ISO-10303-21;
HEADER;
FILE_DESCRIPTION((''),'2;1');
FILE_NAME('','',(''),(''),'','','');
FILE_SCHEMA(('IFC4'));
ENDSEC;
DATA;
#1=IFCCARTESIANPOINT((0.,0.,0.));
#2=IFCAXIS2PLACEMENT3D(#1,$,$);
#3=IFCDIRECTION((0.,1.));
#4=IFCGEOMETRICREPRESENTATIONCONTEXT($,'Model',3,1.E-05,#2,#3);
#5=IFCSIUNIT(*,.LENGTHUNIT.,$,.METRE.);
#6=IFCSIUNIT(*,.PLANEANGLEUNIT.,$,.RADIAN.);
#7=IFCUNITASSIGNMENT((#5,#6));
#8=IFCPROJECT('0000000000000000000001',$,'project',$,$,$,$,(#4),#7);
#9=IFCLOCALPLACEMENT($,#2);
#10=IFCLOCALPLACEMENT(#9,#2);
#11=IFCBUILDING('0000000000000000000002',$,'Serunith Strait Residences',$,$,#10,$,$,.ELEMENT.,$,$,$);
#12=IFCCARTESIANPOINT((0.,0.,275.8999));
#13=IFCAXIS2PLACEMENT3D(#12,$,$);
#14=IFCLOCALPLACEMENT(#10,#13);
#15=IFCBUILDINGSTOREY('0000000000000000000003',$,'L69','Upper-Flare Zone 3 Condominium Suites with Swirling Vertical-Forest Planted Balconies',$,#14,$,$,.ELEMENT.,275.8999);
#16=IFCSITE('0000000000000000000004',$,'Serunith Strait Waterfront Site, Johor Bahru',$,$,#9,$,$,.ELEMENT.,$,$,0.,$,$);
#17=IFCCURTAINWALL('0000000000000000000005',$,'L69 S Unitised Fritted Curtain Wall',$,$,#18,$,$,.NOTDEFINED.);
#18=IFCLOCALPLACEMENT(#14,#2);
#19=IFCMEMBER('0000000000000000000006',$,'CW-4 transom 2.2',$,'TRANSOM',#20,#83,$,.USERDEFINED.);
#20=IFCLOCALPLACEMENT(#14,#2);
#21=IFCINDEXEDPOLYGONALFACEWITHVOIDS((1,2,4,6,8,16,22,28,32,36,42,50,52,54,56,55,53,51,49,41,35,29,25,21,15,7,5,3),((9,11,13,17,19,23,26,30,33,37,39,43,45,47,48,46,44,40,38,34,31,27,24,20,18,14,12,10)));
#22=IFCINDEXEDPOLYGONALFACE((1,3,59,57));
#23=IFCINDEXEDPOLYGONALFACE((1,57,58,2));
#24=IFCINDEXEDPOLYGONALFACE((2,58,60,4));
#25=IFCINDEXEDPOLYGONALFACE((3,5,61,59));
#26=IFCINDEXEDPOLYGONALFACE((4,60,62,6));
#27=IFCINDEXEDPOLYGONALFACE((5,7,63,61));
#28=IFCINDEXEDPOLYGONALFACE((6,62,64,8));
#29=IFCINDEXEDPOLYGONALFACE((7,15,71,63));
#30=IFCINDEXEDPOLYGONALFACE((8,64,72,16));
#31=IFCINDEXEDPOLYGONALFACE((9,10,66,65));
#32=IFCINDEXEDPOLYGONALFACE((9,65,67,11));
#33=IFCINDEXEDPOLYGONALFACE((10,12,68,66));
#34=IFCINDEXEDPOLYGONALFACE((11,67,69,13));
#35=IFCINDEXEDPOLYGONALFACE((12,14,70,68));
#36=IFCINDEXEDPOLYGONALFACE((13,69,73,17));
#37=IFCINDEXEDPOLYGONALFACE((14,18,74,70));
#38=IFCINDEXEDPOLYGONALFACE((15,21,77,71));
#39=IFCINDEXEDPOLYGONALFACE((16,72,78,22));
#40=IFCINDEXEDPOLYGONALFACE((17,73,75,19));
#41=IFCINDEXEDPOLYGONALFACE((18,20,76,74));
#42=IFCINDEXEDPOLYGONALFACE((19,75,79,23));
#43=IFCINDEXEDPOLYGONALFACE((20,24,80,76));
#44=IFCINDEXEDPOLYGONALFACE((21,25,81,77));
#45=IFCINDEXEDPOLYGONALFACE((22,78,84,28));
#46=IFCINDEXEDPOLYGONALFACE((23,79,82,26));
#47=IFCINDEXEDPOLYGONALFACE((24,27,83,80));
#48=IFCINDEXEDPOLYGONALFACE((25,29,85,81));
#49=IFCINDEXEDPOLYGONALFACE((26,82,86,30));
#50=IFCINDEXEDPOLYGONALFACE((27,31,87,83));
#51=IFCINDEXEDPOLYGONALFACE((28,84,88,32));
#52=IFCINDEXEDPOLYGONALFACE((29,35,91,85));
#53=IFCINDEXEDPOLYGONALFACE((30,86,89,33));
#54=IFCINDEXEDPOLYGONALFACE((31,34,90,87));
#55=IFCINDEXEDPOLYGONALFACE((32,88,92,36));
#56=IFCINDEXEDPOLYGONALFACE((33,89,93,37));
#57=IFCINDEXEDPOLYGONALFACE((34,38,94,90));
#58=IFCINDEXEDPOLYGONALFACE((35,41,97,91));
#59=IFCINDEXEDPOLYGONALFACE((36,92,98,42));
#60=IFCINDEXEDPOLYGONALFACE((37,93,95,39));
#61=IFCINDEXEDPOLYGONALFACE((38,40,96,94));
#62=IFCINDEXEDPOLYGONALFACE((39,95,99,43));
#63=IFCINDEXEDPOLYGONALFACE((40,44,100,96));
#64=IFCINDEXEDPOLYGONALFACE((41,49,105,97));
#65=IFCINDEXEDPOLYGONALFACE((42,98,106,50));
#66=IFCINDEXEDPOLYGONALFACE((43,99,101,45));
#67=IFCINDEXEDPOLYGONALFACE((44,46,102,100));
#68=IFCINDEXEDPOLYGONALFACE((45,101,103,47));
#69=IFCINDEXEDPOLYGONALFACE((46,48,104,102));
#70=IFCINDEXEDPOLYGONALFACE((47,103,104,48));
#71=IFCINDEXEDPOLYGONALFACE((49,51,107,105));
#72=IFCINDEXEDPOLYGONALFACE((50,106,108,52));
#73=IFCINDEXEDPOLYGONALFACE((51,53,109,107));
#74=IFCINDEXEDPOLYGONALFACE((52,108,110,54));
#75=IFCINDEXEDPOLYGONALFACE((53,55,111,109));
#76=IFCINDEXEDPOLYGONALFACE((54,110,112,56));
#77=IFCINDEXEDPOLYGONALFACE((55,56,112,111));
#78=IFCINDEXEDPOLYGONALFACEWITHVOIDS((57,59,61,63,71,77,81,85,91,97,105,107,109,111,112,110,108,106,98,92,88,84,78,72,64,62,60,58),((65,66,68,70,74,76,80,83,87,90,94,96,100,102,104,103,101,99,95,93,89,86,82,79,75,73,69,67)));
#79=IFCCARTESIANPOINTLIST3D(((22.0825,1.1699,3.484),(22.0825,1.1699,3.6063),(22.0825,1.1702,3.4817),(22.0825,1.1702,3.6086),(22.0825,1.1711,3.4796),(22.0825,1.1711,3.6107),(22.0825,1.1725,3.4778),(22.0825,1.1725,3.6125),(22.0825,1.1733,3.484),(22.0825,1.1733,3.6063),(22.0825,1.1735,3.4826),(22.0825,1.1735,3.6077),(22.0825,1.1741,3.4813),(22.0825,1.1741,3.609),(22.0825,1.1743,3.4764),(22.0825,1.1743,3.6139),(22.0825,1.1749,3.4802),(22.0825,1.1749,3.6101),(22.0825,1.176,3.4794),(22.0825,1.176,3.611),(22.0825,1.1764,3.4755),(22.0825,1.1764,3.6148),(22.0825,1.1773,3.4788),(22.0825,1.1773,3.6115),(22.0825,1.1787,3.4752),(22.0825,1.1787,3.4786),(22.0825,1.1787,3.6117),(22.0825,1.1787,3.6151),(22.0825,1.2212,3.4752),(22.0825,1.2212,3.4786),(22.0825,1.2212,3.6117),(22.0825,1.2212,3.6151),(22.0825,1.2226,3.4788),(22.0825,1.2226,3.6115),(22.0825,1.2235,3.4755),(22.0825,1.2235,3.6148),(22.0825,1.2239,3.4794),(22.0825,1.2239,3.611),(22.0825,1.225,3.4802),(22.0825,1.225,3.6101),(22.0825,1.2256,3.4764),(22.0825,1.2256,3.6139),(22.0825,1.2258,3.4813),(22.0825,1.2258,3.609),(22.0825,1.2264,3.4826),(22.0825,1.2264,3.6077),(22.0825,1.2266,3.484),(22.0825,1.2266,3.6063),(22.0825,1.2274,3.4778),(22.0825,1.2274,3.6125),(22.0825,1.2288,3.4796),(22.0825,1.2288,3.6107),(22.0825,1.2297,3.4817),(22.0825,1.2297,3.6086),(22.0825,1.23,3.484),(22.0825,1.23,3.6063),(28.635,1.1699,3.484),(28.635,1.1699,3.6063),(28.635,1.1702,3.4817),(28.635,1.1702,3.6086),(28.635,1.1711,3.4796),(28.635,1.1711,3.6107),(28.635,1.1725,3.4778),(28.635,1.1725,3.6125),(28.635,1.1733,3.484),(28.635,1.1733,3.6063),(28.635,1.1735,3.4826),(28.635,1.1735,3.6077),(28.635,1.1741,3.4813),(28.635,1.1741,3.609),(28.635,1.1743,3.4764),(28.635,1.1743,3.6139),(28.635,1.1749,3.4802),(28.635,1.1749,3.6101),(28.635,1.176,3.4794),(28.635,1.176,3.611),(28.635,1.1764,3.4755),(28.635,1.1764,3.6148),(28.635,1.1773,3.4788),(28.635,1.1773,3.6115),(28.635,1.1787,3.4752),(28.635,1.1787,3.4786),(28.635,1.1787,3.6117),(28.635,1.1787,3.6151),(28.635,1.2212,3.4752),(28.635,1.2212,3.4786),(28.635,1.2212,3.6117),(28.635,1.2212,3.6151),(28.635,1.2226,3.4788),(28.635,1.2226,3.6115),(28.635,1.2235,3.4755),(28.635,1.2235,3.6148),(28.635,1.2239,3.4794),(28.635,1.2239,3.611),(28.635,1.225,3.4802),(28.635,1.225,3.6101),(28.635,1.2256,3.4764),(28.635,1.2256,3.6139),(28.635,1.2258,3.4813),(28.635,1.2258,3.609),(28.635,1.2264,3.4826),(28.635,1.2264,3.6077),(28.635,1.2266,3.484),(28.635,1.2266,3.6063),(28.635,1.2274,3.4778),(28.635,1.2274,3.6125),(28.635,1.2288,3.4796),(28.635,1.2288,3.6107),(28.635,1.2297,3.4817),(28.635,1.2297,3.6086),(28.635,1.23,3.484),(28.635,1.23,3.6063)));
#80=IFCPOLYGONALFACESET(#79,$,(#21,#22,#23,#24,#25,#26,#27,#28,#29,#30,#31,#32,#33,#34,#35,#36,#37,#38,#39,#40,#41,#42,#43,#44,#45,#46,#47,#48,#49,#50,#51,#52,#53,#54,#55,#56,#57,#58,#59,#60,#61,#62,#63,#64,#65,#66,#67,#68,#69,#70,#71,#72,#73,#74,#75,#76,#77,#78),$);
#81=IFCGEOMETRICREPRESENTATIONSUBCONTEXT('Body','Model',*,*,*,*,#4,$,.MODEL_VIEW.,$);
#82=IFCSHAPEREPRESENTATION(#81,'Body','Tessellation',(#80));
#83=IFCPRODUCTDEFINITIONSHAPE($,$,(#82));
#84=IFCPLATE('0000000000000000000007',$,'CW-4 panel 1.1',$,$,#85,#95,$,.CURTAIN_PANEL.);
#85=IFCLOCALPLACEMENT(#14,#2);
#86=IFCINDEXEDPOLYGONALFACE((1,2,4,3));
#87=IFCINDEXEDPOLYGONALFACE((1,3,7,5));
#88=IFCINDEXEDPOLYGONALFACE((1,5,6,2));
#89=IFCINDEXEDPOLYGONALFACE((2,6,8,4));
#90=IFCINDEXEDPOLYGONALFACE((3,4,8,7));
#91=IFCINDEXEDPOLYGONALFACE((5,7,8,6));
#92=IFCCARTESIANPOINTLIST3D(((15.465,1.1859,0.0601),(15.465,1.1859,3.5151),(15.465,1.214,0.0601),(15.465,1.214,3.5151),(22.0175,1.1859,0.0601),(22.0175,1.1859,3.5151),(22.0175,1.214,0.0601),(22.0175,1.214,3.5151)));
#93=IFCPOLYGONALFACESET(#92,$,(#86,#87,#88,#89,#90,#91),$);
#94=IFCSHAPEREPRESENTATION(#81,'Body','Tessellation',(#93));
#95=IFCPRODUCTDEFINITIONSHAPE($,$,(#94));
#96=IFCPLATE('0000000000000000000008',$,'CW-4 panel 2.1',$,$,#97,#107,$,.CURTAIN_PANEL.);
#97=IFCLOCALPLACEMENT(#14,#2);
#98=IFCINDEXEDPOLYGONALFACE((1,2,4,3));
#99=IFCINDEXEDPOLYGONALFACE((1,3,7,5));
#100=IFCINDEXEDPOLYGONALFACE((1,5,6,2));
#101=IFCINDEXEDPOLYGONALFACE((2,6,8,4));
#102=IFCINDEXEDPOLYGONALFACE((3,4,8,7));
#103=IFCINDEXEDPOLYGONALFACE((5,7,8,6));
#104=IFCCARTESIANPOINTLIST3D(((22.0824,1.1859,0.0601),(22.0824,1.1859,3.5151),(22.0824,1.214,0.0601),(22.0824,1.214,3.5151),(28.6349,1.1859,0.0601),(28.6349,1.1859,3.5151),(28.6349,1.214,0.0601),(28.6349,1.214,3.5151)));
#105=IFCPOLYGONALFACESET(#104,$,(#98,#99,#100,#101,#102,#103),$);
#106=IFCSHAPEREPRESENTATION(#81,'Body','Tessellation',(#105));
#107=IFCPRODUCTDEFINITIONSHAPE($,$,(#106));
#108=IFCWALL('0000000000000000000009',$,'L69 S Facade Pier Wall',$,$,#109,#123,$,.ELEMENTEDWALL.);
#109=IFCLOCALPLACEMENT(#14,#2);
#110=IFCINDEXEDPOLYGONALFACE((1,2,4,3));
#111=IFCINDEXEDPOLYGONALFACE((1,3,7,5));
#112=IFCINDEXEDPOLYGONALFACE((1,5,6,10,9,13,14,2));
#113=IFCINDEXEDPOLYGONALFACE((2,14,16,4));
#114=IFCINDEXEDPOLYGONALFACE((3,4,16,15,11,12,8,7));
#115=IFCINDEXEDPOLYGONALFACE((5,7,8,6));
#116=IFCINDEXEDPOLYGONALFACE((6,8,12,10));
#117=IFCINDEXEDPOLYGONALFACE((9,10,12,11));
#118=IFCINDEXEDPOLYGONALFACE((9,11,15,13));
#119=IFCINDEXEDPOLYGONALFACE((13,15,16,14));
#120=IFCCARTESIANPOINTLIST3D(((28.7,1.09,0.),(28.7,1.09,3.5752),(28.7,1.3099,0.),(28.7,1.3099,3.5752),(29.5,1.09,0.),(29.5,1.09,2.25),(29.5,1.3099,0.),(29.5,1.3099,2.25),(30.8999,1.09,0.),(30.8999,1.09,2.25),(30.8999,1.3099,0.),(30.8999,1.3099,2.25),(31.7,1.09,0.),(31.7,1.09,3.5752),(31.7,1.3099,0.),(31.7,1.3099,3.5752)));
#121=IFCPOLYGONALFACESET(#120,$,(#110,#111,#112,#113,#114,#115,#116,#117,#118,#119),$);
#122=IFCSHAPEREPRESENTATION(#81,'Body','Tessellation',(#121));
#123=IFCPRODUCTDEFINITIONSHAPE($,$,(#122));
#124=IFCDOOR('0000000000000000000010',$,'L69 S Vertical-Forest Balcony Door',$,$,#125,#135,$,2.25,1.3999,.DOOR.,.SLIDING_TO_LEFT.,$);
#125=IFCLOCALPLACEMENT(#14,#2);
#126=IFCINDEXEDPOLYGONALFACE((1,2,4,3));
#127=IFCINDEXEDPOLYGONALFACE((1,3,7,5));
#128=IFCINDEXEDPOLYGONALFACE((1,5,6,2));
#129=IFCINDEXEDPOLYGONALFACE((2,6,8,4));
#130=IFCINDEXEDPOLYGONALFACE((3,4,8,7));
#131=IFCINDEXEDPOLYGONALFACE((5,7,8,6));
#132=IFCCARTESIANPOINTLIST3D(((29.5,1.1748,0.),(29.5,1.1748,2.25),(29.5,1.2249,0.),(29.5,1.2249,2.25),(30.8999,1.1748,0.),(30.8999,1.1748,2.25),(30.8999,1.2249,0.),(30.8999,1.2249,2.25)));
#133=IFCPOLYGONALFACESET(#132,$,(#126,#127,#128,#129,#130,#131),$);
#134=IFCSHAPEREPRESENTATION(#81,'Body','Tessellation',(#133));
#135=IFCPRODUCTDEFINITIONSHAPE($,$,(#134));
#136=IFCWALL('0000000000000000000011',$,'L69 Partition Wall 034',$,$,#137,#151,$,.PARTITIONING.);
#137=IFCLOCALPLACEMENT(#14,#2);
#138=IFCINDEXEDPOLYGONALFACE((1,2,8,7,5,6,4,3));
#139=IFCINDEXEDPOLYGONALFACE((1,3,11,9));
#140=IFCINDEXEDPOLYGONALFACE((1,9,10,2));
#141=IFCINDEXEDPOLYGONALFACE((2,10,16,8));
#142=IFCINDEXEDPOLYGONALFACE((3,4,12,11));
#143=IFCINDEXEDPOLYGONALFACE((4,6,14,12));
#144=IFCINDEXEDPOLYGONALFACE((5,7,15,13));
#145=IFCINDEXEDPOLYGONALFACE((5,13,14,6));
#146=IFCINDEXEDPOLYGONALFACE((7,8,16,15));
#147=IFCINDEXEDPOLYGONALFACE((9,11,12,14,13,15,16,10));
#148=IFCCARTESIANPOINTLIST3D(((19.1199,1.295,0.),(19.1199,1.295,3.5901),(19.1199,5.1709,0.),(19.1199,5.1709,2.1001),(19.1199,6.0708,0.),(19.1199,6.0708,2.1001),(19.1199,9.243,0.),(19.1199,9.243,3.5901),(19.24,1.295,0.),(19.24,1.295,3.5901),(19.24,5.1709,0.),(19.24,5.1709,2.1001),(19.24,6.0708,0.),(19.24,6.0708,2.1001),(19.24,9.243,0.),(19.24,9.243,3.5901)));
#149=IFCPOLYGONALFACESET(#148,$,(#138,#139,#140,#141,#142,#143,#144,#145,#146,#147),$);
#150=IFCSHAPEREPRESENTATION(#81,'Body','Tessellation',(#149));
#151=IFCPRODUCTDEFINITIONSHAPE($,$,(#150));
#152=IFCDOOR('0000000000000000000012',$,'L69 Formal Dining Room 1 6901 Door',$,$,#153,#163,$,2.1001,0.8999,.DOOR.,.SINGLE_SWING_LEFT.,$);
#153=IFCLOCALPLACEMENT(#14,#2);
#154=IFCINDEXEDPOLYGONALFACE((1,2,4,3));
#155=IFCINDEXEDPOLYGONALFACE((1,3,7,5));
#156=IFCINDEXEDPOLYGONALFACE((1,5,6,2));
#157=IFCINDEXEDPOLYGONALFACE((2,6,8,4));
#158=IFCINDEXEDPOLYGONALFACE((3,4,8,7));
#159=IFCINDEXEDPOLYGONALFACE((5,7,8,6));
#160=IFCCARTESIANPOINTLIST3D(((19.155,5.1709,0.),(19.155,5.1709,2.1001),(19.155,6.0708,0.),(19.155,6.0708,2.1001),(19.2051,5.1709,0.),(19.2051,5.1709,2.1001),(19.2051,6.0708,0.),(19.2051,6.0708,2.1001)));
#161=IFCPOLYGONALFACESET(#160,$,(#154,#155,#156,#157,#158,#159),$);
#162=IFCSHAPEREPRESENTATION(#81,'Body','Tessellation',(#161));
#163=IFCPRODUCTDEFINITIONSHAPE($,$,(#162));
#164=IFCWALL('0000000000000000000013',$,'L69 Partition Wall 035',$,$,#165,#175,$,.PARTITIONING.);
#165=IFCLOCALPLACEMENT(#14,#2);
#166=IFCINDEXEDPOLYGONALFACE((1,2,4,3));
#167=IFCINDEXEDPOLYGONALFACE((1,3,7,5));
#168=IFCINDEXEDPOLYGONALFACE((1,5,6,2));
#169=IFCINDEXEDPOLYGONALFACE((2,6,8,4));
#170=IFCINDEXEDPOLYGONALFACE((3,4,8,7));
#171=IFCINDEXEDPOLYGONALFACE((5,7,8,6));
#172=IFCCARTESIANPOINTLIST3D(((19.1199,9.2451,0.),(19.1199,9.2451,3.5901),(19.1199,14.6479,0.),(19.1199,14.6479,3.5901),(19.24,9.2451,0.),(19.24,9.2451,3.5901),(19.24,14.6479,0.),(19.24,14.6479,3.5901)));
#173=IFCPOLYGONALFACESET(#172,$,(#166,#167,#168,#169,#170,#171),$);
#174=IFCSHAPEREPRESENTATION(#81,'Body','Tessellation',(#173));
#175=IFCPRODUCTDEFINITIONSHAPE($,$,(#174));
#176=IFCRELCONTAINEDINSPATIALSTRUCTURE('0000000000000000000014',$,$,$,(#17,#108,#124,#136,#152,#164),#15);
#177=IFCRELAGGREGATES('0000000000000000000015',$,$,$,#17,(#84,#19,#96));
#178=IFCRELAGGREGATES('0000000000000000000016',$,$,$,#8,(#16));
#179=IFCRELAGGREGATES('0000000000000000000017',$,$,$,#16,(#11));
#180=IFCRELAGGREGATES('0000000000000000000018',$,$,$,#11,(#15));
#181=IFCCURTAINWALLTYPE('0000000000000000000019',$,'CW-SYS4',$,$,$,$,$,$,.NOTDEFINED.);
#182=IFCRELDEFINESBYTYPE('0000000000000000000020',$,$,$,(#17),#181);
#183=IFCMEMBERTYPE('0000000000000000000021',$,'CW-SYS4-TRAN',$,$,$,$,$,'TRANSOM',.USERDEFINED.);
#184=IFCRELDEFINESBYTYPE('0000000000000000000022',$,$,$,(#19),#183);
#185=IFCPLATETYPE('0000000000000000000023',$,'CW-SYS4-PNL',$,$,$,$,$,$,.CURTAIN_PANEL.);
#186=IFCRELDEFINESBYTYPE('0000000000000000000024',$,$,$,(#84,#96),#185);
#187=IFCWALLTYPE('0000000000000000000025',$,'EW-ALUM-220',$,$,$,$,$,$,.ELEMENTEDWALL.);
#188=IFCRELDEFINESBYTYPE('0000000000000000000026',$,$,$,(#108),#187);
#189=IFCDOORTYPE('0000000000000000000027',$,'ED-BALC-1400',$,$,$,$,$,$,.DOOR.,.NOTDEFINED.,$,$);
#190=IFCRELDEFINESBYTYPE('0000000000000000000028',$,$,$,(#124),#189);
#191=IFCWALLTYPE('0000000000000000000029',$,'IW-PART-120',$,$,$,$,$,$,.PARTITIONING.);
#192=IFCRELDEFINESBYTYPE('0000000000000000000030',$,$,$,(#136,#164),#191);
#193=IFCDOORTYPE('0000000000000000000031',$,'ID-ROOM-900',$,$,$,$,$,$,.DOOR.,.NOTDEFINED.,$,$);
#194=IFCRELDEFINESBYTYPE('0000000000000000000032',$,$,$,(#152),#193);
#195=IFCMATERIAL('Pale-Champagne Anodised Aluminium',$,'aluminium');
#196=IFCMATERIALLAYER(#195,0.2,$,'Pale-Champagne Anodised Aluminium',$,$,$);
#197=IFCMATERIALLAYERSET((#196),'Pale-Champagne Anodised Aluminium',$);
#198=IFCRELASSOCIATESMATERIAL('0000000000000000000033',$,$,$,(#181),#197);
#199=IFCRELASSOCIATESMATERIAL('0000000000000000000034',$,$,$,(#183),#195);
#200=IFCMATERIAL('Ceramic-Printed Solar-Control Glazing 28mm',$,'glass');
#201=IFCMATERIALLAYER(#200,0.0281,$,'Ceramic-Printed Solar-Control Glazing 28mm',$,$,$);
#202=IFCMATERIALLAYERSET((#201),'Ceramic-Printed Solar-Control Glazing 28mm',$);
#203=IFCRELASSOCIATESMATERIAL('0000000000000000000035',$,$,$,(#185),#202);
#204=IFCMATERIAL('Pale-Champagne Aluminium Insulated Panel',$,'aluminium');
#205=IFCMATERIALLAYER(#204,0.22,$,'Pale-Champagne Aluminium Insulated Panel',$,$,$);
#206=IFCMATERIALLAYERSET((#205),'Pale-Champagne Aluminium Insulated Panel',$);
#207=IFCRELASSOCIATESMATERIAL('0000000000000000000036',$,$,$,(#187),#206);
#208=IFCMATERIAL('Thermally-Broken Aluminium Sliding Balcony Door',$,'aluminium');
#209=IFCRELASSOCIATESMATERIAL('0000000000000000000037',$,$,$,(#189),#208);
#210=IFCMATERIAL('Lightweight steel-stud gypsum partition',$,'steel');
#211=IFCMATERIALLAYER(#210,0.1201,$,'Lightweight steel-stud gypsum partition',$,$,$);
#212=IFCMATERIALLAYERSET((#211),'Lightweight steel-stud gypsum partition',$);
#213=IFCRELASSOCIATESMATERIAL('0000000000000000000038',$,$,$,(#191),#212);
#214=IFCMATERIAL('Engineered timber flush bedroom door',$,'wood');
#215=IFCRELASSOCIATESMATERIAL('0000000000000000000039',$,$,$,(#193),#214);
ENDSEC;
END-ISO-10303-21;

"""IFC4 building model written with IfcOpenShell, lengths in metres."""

from ifc_helpers import new_model, si_unit, direction, frame, frame_2d, origin, origin_2d, place, context, subcontext, project, spatial, rectangle, hollow_rectangle, extrude, source, transform, mapped, material, layer, layer_set, material_profile, profile_set, type_object, element, fill, aggregate, save


model = new_model("IFC4")

# Units and contexts
model_context = context("Model", 3, precision=1e-05, world=origin(), true_north=direction((0.0, 1.0)))
body_context = subcontext(model_context, "Body", "Model", "MODEL_VIEW")
ifc_project = project(units=[si_unit("LENGTHUNIT", "METRE"), si_unit("PLANEANGLEUNIT", "RADIAN")], contexts=[model_context])

# Site, building, storey
site_placement = place(None, origin())
site = spatial("IfcSite", under=ifc_project, at=site_placement, Name="Serunith Strait Waterfront Site, Johor Bahru", CompositionType="ELEMENT", RefElevation=0.0)
building_placement = place(site_placement, origin())
building = spatial("IfcBuilding", under=site, at=building_placement, Name="Serunith Strait Residences", CompositionType="ELEMENT")
storey_placement = place(building_placement, frame((0.0, 0.0, 275.8999)))
storey = spatial("IfcBuildingStorey", under=building, at=storey_placement, Name="L69", Description="Upper-Flare Zone 3 Condominium Suites with Swirling Vertical-Forest Planted Balconies", CompositionType="ELEMENT", Elevation=275.8999)

# Curtain wall, member, plates
ifc_material_1 = material(Name="Pale-Champagne Anodised Aluminium", Category="aluminium")
ifc_layer_1 = layer(ifc_material_1, 0.2, Name="Pale-Champagne Anodised Aluminium")
ifc_layer_set_1 = layer_set([ifc_layer_1], Name="Pale-Champagne Anodised Aluminium")
curtain_wall_type = type_object("IfcCurtainWallType", Name="CW-SYS4", PredefinedType="NOTDEFINED", material=ifc_layer_set_1)
curtain_wall_placement = place(storey_placement, origin())
curtain_wall = element("IfcCurtainWall", 1, at=curtain_wall_placement, inside=storey, type_object=curtain_wall_type, Name="L69 S Unitised Fritted Curtain Wall", PredefinedType="NOTDEFINED")
ifc_material_profile_1 = material_profile(ifc_material_1, hollow_rectangle(XDim=0.0601, YDim=0.1399, WallThickness=0.0034, InnerFilletRadius=0.0054, OuterFilletRadius=0.0088, at=origin_2d()), Name="ALU 140x60x3.5")
ifc_profile_set_1 = profile_set([ifc_material_profile_1], Name="Pale-Champagne Anodised Aluminium")
member_type_1 = type_object("IfcMemberType", Name="CW-SYS4-TRAN", ElementType="TRANSOM", PredefinedType="USERDEFINED", material=ifc_profile_set_1)
shared_shape_1 = source(origin(), body_context, "Body", "SweptSolid", [
    extrude(hollow_rectangle(XDim=0.0601, YDim=0.1399, WallThickness=0.0034, InnerFilletRadius=0.0054, OuterFilletRadius=0.0088, at=origin_2d()), origin(), (0.0, 0.0, 1.0), 6.5525),
])
member_1_placement = place(storey_placement, frame((22.0825, 1.2, 3.5452), z_axis=(1.0, 0.0, 0.0), x_axis=(0.0, 1.0, 0.0)))
member_1 = element("IfcMember", 2, at=member_1_placement, type_object=member_type_1, Name="CW-4 transom 2.2", ObjectType="TRANSOM", PredefinedType="USERDEFINED", context=body_context, shape_type="MappedRepresentation", body=[
    mapped(shared_shape_1, transform((0.0, 0.0, 0.0), scale=1.0)),
])
ifc_material_2 = material(Name="Ceramic-Printed Solar-Control Glazing 28mm", Category="glass")
ifc_layer_2 = layer(ifc_material_2, 0.0281, Name="Ceramic-Printed Solar-Control Glazing 28mm")
ifc_layer_set_2 = layer_set([ifc_layer_2], Name="Ceramic-Printed Solar-Control Glazing 28mm")
plate_type = type_object("IfcPlateType", Name="CW-SYS4-PNL", PredefinedType="CURTAIN_PANEL", material=ifc_layer_set_2)
shared_shape_2 = source(origin(), body_context, "Body", "SweptSolid", [
    extrude(rectangle(XDim=6.5525, YDim=0.0281, at=origin_2d()), origin(), (0.0, 0.0, 1.0), 3.4551),
])
plate_1_placement = place(storey_placement, frame((18.7412, 1.2, 0.0601), z_axis=(0.0, 0.0, 1.0), x_axis=(1.0, 0.0, 0.0)))
plate_1 = element("IfcPlate", 3, at=plate_1_placement, type_object=plate_type, Name="CW-4 panel 1.1", PredefinedType="CURTAIN_PANEL", context=body_context, shape_type="MappedRepresentation", body=[
    mapped(shared_shape_2, transform((0.0, 0.0, 0.0), scale=1.0)),
])
plate_2_placement = place(storey_placement, frame((25.3586, 1.2, 0.0601), z_axis=(0.0, 0.0, 1.0), x_axis=(1.0, 0.0, 0.0)))
plate_2 = element("IfcPlate", 4, at=plate_2_placement, type_object=plate_type, Name="CW-4 panel 2.1", PredefinedType="CURTAIN_PANEL", context=body_context, shape_type="MappedRepresentation", body=[
    mapped(shared_shape_2, transform((0.0, 0.0, 0.0), scale=1.0)),
])
aggregate(curtain_wall, [plate_1, member_1, plate_2])

# Walls, openings, doors
ifc_material_3 = material(Name="Pale-Champagne Aluminium Insulated Panel", Category="aluminium")
ifc_layer_3 = layer(ifc_material_3, 0.22, Name="Pale-Champagne Aluminium Insulated Panel")
ifc_layer_set_3 = layer_set([ifc_layer_3], Name="Pale-Champagne Aluminium Insulated Panel")
wall_type_1 = type_object("IfcWallType", Name="EW-ALUM-220", PredefinedType="ELEMENTEDWALL", material=ifc_layer_set_3)
wall_1_placement = place(storey_placement, frame((28.7, 1.2, 0.0), z_axis=(0.0, 0.0, 1.0), x_axis=(1.0, 0.0, 0.0)))
wall_1 = element("IfcWall", 5, at=wall_1_placement, inside=storey, type_object=wall_type_1, Name="L69 S Facade Pier Wall", PredefinedType="ELEMENTEDWALL", context=body_context, shape_type="SweptSolid", body=[
    extrude(rectangle(XDim=3.0, YDim=0.22, at=frame_2d((1.5, 0.0))), origin(), (0.0, 0.0, 1.0), 3.5752),
])
opening_1_placement = place(wall_1_placement, frame((0.8, 0.0, 0.0)))
opening_1 = element("IfcOpeningElement", 6, at=opening_1_placement, cuts=wall_1, PredefinedType="OPENING", context=body_context, shape_type="SweptSolid", body=[
    extrude(rectangle(XDim=1.3999, YDim=2.25, at=frame_2d((0.7, 1.125))), frame((0.0, 0.1201, 0.0), z_axis=(0.0, -1.0, 0.0), x_axis=(1.0, 0.0, 0.0)), (0.0, 0.0, 1.0), 0.24),
])
ifc_material_4 = material(Name="Thermally-Broken Aluminium Sliding Balcony Door", Category="aluminium")
door_type_1 = type_object("IfcDoorType", Name="ED-BALC-1400", OperationType="NOTDEFINED", PredefinedType="DOOR", material=ifc_material_4)
shared_shape_3 = source(origin(), body_context, "Body", "SweptSolid", [
    extrude(rectangle(XDim=1.3999, YDim=2.25, at=frame_2d((0.7, 1.125))), frame((0.0, 0.0249, 0.0), z_axis=(0.0, -1.0, 0.0), x_axis=(1.0, 0.0, 0.0)), (0.0, 0.0, 1.0), 0.05),
])
door_1_placement = place(opening_1_placement, origin())
door_1 = element("IfcDoor", 7, at=door_1_placement, inside=storey, type_object=door_type_1, Name="L69 S Vertical-Forest Balcony Door", OperationType="SLIDING_TO_LEFT", OverallHeight=2.25, OverallWidth=1.3999, PredefinedType="DOOR", context=body_context, shape_type="MappedRepresentation", body=[
    mapped(shared_shape_3, transform((0.0, 0.0, 0.0), scale=1.0)),
])
fill(opening_1, door_1)
ifc_material_5 = material(Name="Lightweight steel-stud gypsum partition", Category="steel")
ifc_layer_4 = layer(ifc_material_5, 0.1201, Name="Lightweight steel-stud gypsum partition")
ifc_layer_set_4 = layer_set([ifc_layer_4], Name="Lightweight steel-stud gypsum partition")
wall_type_2 = type_object("IfcWallType", Name="IW-PART-120", PredefinedType="PARTITIONING", material=ifc_layer_set_4)
wall_2_placement = place(storey_placement, frame((19.1799, 1.2949, 0.0), z_axis=(0.0, 0.0, 1.0), x_axis=(0.0, 1.0, 0.0)))
wall_2 = element("IfcWall", 8, at=wall_2_placement, inside=storey, type_object=wall_type_2, Name="L69 Partition Wall 034", PredefinedType="PARTITIONING", context=body_context, shape_type="SweptSolid", body=[
    extrude(rectangle(XDim=7.948, YDim=0.1201, at=frame_2d((3.9741, 0.0))), origin(), (0.0, 0.0, 1.0), 3.5901),
])
opening_2_placement = place(wall_2_placement, frame((3.876, 0.0, 0.0)))
opening_2 = element("IfcOpeningElement", 9, at=opening_2_placement, cuts=wall_2, PredefinedType="OPENING", context=body_context, shape_type="SweptSolid", body=[
    extrude(rectangle(XDim=0.8999, YDim=2.1001, at=frame_2d((0.45, 1.05))), frame((0.0, 0.0701, 0.0), z_axis=(0.0, -1.0, 0.0), x_axis=(1.0, 0.0, 0.0)), (0.0, 0.0, 1.0), 0.1401),
])
ifc_material_6 = material(Name="Engineered timber flush bedroom door", Category="wood")
door_type_2 = type_object("IfcDoorType", Name="ID-ROOM-900", OperationType="NOTDEFINED", PredefinedType="DOOR", material=ifc_material_6)
shared_shape_4 = source(origin(), body_context, "Body", "SweptSolid", [
    extrude(rectangle(XDim=0.8999, YDim=2.1001, at=frame_2d((0.45, 1.05))), frame((0.0, 0.0249, 0.0), z_axis=(0.0, -1.0, 0.0), x_axis=(1.0, 0.0, 0.0)), (0.0, 0.0, 1.0), 0.05),
])
door_2_placement = place(opening_2_placement, origin())
door_2 = element("IfcDoor", 10, at=door_2_placement, inside=storey, type_object=door_type_2, Name="L69 Formal Dining Room 1 6901 Door", OperationType="SINGLE_SWING_LEFT", OverallHeight=2.1001, OverallWidth=0.8999, PredefinedType="DOOR", context=body_context, shape_type="MappedRepresentation", body=[
    mapped(shared_shape_4, transform((0.0, 0.0, 0.0), scale=1.0)),
])
fill(opening_2, door_2)

# Wall
wall_3_placement = place(storey_placement, frame((19.1799, 9.2451, 0.0), z_axis=(0.0, 0.0, 1.0), x_axis=(0.0, 1.0, 0.0)))
element("IfcWall", 11, at=wall_3_placement, inside=storey, type_object=wall_type_2, Name="L69 Partition Wall 035", PredefinedType="PARTITIONING", context=body_context, shape_type="SweptSolid", body=[
    extrude(rectangle(XDim=5.4028, YDim=0.1201, at=frame_2d((2.7014, 0.0))), origin(), (0.0, 0.0, 1.0), 3.5901),
])

save(model, "model.ifc")
